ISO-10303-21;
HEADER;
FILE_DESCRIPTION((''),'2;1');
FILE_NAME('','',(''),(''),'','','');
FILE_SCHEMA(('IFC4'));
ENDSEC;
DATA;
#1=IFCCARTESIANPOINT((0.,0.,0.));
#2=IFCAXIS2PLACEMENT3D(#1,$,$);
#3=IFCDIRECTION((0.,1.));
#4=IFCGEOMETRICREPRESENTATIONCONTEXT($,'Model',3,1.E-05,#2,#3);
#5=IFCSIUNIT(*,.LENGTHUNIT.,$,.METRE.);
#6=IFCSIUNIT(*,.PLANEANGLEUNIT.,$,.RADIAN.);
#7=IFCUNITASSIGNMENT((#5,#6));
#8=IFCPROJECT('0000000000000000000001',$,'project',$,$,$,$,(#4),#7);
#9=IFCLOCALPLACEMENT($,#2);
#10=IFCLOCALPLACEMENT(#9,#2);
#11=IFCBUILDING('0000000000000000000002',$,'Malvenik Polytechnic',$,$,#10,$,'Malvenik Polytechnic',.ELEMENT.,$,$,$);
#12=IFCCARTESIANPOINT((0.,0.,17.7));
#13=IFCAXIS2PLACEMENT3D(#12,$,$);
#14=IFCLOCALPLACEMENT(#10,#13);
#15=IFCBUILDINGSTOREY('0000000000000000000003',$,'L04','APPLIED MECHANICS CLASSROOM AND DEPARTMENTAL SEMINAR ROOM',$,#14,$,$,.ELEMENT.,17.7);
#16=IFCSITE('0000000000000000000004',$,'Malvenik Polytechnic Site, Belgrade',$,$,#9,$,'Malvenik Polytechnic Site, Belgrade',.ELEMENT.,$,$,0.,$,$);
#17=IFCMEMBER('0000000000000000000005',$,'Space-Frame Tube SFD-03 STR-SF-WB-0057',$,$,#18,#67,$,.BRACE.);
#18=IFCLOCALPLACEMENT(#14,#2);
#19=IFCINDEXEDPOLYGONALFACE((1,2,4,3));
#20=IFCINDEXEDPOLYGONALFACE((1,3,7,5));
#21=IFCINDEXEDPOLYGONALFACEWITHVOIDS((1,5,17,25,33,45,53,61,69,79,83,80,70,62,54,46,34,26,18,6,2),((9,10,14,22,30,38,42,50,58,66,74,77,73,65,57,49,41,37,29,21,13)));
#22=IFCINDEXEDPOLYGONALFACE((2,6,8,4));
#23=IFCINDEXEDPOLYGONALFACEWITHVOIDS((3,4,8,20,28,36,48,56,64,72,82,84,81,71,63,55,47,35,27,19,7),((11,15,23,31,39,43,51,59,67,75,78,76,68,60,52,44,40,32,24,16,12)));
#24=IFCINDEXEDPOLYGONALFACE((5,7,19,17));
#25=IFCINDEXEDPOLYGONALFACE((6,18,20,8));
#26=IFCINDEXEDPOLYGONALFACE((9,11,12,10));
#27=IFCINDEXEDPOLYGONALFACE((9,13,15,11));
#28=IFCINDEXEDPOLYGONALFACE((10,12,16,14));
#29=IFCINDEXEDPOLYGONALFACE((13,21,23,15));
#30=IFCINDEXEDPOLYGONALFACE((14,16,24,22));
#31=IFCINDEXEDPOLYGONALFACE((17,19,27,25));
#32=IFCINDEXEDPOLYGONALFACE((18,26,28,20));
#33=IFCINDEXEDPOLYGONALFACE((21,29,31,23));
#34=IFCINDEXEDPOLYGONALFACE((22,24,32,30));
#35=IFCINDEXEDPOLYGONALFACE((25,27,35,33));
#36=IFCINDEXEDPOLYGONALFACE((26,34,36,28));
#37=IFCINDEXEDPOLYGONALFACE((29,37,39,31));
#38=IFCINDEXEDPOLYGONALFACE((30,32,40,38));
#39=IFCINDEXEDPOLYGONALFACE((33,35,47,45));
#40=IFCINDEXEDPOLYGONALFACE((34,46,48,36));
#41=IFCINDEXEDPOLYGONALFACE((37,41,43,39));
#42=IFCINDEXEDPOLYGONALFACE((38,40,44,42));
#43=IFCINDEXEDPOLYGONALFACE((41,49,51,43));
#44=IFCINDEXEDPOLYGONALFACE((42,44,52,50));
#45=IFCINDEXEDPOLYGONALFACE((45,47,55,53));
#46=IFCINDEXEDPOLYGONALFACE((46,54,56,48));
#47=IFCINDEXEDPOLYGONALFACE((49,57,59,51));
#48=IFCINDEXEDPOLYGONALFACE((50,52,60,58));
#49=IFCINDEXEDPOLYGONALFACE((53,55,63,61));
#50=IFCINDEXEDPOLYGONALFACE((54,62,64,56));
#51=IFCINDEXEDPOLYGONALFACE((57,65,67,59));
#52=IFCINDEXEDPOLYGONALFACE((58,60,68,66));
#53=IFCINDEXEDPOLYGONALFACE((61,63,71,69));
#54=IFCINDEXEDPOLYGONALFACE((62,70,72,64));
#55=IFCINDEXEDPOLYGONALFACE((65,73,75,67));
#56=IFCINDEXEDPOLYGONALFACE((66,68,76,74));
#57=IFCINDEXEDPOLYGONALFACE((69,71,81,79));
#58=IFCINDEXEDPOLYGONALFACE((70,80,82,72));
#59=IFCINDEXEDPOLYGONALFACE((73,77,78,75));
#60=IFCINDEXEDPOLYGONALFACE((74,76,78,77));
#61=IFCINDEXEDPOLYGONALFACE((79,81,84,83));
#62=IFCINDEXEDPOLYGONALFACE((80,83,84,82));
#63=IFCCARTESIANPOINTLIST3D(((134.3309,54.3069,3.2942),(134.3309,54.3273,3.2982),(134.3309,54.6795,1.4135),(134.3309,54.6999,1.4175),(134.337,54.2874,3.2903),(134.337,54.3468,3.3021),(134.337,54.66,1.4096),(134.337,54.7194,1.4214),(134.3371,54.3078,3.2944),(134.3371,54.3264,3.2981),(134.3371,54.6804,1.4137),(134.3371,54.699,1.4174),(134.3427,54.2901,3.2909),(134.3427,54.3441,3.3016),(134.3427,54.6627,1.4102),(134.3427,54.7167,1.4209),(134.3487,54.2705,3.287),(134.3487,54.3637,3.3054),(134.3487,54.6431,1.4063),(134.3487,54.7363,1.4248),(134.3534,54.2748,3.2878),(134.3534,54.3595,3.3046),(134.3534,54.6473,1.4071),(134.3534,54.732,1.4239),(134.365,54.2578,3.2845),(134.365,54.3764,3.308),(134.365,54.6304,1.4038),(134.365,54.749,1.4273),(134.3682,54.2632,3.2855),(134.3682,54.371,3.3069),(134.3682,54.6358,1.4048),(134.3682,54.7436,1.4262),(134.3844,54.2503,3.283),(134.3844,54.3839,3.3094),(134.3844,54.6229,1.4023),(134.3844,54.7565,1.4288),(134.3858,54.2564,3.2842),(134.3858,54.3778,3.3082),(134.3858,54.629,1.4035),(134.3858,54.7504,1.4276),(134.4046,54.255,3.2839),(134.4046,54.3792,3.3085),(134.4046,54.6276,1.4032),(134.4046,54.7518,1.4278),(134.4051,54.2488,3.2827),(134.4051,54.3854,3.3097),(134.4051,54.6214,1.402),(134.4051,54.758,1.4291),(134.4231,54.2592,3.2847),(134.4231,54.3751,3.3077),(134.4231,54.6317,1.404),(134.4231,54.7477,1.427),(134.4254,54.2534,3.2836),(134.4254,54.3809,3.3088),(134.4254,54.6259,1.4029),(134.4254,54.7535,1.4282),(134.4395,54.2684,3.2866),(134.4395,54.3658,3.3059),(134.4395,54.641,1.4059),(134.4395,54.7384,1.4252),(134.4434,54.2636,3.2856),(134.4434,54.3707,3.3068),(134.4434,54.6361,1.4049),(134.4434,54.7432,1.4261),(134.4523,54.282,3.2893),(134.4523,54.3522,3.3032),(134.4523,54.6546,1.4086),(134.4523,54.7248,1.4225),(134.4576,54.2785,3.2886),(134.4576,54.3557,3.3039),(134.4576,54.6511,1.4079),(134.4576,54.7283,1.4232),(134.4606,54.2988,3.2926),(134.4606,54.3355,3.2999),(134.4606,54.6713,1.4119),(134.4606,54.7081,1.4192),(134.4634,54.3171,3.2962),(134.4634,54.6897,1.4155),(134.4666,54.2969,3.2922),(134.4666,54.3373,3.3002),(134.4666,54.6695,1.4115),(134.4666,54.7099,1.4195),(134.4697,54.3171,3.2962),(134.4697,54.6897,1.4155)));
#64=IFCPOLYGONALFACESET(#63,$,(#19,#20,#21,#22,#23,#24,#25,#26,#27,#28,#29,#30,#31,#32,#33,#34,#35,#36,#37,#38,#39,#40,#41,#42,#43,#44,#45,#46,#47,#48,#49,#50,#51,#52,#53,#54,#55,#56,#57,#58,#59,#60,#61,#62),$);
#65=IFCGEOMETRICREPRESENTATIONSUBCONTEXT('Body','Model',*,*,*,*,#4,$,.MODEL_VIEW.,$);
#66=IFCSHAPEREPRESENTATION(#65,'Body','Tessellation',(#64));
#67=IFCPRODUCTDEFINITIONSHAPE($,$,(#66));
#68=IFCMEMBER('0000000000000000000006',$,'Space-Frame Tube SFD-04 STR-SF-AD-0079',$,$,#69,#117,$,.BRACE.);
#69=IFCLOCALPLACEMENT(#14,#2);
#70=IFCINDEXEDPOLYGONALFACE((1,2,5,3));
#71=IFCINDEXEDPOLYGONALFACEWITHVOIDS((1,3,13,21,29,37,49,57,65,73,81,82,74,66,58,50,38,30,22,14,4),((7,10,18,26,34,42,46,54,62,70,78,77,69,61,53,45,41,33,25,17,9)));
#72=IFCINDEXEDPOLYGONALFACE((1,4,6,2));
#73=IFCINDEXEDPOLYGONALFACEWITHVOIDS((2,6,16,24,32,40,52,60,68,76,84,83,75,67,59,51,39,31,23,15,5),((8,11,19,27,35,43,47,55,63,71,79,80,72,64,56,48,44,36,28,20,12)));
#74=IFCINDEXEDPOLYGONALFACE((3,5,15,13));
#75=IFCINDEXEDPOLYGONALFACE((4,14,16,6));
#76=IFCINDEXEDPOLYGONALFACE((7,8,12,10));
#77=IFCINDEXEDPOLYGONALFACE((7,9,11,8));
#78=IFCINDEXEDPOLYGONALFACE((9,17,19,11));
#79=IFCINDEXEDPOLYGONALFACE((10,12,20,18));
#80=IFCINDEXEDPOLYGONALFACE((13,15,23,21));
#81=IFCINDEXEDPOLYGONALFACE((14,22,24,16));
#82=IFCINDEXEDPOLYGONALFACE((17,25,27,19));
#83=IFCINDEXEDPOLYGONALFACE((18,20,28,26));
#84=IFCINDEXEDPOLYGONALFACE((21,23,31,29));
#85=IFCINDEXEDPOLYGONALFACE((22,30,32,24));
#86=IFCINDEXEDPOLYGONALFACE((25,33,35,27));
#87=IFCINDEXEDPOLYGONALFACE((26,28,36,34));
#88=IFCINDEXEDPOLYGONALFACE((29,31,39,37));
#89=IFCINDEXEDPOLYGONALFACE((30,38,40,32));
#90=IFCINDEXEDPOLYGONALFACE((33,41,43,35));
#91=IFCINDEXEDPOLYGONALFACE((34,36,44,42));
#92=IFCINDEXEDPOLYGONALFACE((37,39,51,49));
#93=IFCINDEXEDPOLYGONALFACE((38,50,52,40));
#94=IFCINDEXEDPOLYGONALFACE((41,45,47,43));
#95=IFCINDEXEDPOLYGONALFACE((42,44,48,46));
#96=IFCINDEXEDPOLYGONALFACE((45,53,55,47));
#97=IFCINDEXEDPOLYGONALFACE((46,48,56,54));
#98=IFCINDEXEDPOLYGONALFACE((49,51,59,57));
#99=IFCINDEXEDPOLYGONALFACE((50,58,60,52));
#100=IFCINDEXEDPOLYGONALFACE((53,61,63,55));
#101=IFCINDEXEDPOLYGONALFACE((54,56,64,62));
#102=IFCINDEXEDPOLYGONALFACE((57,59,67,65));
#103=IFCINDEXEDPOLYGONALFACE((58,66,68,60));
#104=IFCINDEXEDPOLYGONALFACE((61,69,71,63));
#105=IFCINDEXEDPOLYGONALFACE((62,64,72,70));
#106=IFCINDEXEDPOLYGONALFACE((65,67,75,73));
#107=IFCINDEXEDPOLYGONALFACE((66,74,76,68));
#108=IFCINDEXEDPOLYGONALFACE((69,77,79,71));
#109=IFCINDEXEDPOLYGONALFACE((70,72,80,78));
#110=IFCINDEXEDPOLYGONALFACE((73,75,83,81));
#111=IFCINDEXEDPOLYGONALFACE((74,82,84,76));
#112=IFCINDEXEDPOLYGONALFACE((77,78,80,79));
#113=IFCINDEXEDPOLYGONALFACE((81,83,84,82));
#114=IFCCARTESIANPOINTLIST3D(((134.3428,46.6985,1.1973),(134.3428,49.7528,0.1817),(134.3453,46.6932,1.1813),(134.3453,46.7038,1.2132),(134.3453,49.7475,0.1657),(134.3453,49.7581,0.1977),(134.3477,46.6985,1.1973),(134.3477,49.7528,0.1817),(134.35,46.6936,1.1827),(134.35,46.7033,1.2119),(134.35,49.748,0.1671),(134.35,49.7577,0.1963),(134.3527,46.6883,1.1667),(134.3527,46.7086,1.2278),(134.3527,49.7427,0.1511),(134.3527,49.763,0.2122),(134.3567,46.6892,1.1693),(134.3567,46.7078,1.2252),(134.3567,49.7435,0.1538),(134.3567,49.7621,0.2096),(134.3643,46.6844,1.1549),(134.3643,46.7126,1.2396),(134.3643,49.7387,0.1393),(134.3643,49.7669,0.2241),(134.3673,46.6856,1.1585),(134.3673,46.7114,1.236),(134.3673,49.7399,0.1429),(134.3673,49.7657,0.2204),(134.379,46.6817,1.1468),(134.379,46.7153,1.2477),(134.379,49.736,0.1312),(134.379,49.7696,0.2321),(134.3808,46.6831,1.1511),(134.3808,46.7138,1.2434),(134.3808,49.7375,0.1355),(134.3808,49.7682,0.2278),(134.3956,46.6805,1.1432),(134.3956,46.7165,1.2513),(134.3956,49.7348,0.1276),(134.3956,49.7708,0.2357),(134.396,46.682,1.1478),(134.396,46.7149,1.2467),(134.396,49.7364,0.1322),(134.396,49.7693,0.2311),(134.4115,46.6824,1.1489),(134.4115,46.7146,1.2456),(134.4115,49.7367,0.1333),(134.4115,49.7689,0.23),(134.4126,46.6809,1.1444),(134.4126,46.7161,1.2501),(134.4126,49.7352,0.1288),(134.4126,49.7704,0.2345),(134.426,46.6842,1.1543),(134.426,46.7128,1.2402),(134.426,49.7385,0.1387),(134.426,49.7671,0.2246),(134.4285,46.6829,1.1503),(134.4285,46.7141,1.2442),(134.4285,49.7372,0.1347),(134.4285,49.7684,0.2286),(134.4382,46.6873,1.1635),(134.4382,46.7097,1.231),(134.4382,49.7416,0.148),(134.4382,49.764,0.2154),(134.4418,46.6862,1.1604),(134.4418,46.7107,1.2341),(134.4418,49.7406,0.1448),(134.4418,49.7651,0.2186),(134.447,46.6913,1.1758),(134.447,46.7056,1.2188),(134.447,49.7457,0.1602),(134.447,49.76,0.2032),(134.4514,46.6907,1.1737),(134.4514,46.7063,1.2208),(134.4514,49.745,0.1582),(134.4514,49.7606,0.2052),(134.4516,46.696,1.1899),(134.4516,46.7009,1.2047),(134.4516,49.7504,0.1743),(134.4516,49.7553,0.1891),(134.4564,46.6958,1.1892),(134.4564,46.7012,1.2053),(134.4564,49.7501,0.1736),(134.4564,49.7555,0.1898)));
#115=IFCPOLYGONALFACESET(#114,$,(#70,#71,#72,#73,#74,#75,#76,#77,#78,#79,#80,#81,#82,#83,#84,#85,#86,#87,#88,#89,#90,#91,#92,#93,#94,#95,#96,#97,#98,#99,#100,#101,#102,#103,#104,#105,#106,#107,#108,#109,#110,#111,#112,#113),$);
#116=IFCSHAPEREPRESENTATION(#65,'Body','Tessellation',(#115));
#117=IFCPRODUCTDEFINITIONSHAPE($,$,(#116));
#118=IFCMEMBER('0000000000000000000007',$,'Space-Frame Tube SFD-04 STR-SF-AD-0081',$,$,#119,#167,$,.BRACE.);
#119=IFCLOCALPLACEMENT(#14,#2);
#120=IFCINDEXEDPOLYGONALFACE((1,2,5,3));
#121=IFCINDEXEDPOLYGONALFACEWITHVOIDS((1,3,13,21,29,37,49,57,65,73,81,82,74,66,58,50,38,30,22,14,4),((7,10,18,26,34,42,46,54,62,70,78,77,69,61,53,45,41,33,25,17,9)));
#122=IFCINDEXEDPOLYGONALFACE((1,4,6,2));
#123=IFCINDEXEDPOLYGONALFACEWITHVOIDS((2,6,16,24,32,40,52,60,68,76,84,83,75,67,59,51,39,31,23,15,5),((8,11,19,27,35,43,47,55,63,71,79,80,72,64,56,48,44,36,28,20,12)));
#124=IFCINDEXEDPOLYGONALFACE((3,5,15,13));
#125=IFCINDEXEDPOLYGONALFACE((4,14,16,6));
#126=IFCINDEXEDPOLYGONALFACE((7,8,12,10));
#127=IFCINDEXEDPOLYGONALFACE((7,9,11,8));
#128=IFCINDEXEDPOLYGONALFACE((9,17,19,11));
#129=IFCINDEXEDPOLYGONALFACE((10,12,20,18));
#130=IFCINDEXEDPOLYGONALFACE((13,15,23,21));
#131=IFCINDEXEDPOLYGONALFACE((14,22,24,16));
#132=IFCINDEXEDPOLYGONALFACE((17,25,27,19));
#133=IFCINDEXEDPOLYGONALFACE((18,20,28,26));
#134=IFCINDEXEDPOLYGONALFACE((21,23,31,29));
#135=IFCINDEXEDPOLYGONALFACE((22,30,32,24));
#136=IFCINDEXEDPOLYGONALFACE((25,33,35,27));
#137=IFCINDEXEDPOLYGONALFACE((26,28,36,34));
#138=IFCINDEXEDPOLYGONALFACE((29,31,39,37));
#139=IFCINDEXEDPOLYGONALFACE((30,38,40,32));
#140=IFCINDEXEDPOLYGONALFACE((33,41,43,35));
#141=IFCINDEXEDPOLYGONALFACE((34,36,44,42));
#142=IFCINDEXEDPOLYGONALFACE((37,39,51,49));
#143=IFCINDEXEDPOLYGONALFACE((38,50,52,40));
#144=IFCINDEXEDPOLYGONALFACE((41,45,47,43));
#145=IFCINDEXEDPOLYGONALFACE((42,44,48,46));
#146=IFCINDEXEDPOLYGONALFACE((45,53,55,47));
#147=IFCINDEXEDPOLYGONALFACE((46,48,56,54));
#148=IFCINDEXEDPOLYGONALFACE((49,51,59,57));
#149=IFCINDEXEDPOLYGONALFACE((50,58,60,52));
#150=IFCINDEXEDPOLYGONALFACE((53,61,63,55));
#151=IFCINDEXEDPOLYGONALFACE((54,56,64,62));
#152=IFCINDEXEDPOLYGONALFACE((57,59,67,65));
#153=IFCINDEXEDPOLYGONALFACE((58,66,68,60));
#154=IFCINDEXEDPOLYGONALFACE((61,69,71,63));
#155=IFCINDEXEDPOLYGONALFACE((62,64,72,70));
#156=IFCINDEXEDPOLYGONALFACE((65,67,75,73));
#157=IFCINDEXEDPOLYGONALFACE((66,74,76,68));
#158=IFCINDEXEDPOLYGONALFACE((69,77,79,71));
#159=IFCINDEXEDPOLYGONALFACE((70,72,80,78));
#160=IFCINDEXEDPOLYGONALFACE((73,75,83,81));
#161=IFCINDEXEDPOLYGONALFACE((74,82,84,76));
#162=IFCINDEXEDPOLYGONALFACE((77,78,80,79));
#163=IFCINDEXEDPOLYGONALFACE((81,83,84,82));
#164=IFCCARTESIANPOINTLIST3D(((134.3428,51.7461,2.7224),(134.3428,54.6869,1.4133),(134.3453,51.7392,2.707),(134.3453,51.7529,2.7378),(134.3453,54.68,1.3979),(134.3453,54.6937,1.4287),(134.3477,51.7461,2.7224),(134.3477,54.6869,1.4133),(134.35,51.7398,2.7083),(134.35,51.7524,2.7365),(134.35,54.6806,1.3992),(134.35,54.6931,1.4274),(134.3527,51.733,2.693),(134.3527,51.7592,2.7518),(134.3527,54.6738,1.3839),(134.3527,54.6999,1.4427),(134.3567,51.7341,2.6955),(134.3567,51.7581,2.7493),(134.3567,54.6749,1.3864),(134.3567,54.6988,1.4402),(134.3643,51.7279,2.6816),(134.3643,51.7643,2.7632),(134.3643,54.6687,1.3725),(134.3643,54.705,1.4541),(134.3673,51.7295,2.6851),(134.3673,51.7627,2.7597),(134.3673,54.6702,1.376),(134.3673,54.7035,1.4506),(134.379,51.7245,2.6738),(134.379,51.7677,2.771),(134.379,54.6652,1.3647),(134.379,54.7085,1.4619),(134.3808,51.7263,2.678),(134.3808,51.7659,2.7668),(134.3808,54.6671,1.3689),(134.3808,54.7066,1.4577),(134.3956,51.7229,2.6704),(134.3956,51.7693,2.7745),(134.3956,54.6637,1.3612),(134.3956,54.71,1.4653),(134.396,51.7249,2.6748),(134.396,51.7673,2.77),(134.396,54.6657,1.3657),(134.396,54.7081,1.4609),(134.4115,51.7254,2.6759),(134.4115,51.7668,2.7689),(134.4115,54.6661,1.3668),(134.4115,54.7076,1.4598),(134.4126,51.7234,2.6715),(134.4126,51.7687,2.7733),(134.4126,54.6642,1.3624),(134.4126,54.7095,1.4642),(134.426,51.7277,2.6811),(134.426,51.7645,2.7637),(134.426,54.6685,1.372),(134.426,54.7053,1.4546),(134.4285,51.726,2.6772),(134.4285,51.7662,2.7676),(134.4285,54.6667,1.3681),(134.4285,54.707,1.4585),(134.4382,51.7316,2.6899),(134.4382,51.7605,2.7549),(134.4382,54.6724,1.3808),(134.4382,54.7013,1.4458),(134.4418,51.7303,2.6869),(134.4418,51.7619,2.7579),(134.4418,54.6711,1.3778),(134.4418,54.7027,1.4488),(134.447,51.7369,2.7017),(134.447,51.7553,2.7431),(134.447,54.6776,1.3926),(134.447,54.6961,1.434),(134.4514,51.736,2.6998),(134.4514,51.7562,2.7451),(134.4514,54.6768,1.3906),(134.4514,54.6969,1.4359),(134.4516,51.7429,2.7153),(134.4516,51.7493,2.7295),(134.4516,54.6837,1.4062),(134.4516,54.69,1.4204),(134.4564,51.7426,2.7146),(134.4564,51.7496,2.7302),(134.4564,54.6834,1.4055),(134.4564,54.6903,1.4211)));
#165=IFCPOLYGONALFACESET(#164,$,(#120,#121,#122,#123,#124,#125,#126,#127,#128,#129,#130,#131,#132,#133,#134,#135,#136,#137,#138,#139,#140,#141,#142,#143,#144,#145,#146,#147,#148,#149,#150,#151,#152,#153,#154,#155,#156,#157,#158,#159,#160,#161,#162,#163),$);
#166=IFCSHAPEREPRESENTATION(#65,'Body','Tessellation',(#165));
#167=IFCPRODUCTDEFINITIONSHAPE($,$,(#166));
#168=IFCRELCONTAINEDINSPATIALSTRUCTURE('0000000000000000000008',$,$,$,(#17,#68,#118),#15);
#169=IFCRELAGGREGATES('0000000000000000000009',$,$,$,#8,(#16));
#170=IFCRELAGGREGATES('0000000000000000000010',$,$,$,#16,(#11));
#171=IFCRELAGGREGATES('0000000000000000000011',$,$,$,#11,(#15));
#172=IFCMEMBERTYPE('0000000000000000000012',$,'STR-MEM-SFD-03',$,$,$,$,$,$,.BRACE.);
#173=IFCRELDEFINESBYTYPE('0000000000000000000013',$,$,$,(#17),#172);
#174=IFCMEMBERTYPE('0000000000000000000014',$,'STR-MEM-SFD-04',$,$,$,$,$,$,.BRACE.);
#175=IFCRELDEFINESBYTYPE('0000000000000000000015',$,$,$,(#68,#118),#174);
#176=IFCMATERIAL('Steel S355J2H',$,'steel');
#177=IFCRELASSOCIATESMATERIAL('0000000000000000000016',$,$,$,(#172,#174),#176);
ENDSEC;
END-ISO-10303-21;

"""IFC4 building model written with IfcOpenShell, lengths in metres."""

from ifc_helpers import new_model, si_unit, direction, frame, origin, origin_2d, place, context, subcontext, project, spatial, hollow_circle, extrude, material, material_profile, profile_set, type_object, element, save


model = new_model("IFC4")

# Units and contexts
model_context = context("Model", 3, precision=1e-05, world=origin(), true_north=direction((0.0, 1.0)))
body_context = subcontext(model_context, "Body", "Model", "MODEL_VIEW")
ifc_project = project(units=[si_unit("LENGTHUNIT", "METRE"), si_unit("PLANEANGLEUNIT", "RADIAN")], contexts=[model_context])

# Site, building, storey
site_placement = place(None, origin())
site = spatial("IfcSite", under=ifc_project, at=site_placement, Name="Malvenik Polytechnic Site, Belgrade", LongName="Malvenik Polytechnic Site, Belgrade", CompositionType="ELEMENT", RefElevation=0.0)
building_placement = place(site_placement, origin())
building = spatial("IfcBuilding", under=site, at=building_placement, Name="Malvenik Polytechnic", LongName="Malvenik Polytechnic", CompositionType="ELEMENT")
storey_placement = place(building_placement, frame((0.0, 0.0, 17.7)))
storey = spatial("IfcBuildingStorey", under=building, at=storey_placement, Name="L04", Description="APPLIED MECHANICS CLASSROOM AND DEPARTMENTAL SEMINAR ROOM", CompositionType="ELEMENT", Elevation=17.7)

# Members
ifc_material = material(Name="Steel S355J2H", Category="steel")
ifc_material_profile_1 = material_profile(ifc_material, hollow_circle(Radius=0.0698, WallThickness=0.0063, at=origin_2d()), Name="CHS 139.7x6.3")
ifc_profile_set_1 = profile_set([ifc_material_profile_1], Name="Steel S355J2H")
member_type_1 = type_object("IfcMemberType", Name="STR-MEM-SFD-03", PredefinedType="BRACE", material=ifc_profile_set_1)
member_1_placement = place(storey_placement, frame((134.3999, 54.6897, 1.4155), z_axis=(0.0, -0.194328, 0.980937), x_axis=(1.0, 0.0, 0.0)))
element("IfcMember", 1, at=member_1_placement, inside=storey, type_object=member_type_1, Name="Space-Frame Tube SFD-03 STR-SF-WB-0057", PredefinedType="BRACE", context=body_context, shape_type="SweptSolid", body=[
    extrude(hollow_circle(Radius=0.0698, WallThickness=0.0063, at=origin_2d()), origin(), (0.0, 0.0, 1.0), 1.9172),
])
ifc_material_profile_2 = material_profile(ifc_material, hollow_circle(Radius=0.0571, WallThickness=0.0049, at=origin_2d()), Name="CHS 114.3x5.0")
ifc_profile_set_2 = profile_set([ifc_material_profile_2], Name="Steel S355J2H")
member_type_2 = type_object("IfcMemberType", Name="STR-MEM-SFD-04", PredefinedType="BRACE", material=ifc_profile_set_2)
member_2_placement = place(storey_placement, frame((134.3999, 46.6985, 1.1973), z_axis=(0.0, 0.948918, -0.315522), x_axis=(-1.0, 0.0, 0.0)))
element("IfcMember", 2, at=member_2_placement, inside=storey, type_object=member_type_2, Name="Space-Frame Tube SFD-04 STR-SF-AD-0079", PredefinedType="BRACE", context=body_context, shape_type="SweptSolid", body=[
    extrude(hollow_circle(Radius=0.0571, WallThickness=0.0049, at=origin_2d()), origin(), (0.0, 0.0, 1.0), 3.2188),
])
member_3_placement = place(storey_placement, frame((134.3999, 51.7461, 2.7224), z_axis=(0.0, 0.913567, -0.406687), x_axis=(-1.0, 0.0, 0.0)))
element("IfcMember", 3, at=member_3_placement, inside=storey, type_object=member_type_2, Name="Space-Frame Tube SFD-04 STR-SF-AD-0081", PredefinedType="BRACE", context=body_context, shape_type="SweptSolid", body=[
    extrude(hollow_circle(Radius=0.0571, WallThickness=0.0049, at=origin_2d()), origin(), (0.0, 0.0, 1.0), 3.219),
])

save(model, "model.ifc")
